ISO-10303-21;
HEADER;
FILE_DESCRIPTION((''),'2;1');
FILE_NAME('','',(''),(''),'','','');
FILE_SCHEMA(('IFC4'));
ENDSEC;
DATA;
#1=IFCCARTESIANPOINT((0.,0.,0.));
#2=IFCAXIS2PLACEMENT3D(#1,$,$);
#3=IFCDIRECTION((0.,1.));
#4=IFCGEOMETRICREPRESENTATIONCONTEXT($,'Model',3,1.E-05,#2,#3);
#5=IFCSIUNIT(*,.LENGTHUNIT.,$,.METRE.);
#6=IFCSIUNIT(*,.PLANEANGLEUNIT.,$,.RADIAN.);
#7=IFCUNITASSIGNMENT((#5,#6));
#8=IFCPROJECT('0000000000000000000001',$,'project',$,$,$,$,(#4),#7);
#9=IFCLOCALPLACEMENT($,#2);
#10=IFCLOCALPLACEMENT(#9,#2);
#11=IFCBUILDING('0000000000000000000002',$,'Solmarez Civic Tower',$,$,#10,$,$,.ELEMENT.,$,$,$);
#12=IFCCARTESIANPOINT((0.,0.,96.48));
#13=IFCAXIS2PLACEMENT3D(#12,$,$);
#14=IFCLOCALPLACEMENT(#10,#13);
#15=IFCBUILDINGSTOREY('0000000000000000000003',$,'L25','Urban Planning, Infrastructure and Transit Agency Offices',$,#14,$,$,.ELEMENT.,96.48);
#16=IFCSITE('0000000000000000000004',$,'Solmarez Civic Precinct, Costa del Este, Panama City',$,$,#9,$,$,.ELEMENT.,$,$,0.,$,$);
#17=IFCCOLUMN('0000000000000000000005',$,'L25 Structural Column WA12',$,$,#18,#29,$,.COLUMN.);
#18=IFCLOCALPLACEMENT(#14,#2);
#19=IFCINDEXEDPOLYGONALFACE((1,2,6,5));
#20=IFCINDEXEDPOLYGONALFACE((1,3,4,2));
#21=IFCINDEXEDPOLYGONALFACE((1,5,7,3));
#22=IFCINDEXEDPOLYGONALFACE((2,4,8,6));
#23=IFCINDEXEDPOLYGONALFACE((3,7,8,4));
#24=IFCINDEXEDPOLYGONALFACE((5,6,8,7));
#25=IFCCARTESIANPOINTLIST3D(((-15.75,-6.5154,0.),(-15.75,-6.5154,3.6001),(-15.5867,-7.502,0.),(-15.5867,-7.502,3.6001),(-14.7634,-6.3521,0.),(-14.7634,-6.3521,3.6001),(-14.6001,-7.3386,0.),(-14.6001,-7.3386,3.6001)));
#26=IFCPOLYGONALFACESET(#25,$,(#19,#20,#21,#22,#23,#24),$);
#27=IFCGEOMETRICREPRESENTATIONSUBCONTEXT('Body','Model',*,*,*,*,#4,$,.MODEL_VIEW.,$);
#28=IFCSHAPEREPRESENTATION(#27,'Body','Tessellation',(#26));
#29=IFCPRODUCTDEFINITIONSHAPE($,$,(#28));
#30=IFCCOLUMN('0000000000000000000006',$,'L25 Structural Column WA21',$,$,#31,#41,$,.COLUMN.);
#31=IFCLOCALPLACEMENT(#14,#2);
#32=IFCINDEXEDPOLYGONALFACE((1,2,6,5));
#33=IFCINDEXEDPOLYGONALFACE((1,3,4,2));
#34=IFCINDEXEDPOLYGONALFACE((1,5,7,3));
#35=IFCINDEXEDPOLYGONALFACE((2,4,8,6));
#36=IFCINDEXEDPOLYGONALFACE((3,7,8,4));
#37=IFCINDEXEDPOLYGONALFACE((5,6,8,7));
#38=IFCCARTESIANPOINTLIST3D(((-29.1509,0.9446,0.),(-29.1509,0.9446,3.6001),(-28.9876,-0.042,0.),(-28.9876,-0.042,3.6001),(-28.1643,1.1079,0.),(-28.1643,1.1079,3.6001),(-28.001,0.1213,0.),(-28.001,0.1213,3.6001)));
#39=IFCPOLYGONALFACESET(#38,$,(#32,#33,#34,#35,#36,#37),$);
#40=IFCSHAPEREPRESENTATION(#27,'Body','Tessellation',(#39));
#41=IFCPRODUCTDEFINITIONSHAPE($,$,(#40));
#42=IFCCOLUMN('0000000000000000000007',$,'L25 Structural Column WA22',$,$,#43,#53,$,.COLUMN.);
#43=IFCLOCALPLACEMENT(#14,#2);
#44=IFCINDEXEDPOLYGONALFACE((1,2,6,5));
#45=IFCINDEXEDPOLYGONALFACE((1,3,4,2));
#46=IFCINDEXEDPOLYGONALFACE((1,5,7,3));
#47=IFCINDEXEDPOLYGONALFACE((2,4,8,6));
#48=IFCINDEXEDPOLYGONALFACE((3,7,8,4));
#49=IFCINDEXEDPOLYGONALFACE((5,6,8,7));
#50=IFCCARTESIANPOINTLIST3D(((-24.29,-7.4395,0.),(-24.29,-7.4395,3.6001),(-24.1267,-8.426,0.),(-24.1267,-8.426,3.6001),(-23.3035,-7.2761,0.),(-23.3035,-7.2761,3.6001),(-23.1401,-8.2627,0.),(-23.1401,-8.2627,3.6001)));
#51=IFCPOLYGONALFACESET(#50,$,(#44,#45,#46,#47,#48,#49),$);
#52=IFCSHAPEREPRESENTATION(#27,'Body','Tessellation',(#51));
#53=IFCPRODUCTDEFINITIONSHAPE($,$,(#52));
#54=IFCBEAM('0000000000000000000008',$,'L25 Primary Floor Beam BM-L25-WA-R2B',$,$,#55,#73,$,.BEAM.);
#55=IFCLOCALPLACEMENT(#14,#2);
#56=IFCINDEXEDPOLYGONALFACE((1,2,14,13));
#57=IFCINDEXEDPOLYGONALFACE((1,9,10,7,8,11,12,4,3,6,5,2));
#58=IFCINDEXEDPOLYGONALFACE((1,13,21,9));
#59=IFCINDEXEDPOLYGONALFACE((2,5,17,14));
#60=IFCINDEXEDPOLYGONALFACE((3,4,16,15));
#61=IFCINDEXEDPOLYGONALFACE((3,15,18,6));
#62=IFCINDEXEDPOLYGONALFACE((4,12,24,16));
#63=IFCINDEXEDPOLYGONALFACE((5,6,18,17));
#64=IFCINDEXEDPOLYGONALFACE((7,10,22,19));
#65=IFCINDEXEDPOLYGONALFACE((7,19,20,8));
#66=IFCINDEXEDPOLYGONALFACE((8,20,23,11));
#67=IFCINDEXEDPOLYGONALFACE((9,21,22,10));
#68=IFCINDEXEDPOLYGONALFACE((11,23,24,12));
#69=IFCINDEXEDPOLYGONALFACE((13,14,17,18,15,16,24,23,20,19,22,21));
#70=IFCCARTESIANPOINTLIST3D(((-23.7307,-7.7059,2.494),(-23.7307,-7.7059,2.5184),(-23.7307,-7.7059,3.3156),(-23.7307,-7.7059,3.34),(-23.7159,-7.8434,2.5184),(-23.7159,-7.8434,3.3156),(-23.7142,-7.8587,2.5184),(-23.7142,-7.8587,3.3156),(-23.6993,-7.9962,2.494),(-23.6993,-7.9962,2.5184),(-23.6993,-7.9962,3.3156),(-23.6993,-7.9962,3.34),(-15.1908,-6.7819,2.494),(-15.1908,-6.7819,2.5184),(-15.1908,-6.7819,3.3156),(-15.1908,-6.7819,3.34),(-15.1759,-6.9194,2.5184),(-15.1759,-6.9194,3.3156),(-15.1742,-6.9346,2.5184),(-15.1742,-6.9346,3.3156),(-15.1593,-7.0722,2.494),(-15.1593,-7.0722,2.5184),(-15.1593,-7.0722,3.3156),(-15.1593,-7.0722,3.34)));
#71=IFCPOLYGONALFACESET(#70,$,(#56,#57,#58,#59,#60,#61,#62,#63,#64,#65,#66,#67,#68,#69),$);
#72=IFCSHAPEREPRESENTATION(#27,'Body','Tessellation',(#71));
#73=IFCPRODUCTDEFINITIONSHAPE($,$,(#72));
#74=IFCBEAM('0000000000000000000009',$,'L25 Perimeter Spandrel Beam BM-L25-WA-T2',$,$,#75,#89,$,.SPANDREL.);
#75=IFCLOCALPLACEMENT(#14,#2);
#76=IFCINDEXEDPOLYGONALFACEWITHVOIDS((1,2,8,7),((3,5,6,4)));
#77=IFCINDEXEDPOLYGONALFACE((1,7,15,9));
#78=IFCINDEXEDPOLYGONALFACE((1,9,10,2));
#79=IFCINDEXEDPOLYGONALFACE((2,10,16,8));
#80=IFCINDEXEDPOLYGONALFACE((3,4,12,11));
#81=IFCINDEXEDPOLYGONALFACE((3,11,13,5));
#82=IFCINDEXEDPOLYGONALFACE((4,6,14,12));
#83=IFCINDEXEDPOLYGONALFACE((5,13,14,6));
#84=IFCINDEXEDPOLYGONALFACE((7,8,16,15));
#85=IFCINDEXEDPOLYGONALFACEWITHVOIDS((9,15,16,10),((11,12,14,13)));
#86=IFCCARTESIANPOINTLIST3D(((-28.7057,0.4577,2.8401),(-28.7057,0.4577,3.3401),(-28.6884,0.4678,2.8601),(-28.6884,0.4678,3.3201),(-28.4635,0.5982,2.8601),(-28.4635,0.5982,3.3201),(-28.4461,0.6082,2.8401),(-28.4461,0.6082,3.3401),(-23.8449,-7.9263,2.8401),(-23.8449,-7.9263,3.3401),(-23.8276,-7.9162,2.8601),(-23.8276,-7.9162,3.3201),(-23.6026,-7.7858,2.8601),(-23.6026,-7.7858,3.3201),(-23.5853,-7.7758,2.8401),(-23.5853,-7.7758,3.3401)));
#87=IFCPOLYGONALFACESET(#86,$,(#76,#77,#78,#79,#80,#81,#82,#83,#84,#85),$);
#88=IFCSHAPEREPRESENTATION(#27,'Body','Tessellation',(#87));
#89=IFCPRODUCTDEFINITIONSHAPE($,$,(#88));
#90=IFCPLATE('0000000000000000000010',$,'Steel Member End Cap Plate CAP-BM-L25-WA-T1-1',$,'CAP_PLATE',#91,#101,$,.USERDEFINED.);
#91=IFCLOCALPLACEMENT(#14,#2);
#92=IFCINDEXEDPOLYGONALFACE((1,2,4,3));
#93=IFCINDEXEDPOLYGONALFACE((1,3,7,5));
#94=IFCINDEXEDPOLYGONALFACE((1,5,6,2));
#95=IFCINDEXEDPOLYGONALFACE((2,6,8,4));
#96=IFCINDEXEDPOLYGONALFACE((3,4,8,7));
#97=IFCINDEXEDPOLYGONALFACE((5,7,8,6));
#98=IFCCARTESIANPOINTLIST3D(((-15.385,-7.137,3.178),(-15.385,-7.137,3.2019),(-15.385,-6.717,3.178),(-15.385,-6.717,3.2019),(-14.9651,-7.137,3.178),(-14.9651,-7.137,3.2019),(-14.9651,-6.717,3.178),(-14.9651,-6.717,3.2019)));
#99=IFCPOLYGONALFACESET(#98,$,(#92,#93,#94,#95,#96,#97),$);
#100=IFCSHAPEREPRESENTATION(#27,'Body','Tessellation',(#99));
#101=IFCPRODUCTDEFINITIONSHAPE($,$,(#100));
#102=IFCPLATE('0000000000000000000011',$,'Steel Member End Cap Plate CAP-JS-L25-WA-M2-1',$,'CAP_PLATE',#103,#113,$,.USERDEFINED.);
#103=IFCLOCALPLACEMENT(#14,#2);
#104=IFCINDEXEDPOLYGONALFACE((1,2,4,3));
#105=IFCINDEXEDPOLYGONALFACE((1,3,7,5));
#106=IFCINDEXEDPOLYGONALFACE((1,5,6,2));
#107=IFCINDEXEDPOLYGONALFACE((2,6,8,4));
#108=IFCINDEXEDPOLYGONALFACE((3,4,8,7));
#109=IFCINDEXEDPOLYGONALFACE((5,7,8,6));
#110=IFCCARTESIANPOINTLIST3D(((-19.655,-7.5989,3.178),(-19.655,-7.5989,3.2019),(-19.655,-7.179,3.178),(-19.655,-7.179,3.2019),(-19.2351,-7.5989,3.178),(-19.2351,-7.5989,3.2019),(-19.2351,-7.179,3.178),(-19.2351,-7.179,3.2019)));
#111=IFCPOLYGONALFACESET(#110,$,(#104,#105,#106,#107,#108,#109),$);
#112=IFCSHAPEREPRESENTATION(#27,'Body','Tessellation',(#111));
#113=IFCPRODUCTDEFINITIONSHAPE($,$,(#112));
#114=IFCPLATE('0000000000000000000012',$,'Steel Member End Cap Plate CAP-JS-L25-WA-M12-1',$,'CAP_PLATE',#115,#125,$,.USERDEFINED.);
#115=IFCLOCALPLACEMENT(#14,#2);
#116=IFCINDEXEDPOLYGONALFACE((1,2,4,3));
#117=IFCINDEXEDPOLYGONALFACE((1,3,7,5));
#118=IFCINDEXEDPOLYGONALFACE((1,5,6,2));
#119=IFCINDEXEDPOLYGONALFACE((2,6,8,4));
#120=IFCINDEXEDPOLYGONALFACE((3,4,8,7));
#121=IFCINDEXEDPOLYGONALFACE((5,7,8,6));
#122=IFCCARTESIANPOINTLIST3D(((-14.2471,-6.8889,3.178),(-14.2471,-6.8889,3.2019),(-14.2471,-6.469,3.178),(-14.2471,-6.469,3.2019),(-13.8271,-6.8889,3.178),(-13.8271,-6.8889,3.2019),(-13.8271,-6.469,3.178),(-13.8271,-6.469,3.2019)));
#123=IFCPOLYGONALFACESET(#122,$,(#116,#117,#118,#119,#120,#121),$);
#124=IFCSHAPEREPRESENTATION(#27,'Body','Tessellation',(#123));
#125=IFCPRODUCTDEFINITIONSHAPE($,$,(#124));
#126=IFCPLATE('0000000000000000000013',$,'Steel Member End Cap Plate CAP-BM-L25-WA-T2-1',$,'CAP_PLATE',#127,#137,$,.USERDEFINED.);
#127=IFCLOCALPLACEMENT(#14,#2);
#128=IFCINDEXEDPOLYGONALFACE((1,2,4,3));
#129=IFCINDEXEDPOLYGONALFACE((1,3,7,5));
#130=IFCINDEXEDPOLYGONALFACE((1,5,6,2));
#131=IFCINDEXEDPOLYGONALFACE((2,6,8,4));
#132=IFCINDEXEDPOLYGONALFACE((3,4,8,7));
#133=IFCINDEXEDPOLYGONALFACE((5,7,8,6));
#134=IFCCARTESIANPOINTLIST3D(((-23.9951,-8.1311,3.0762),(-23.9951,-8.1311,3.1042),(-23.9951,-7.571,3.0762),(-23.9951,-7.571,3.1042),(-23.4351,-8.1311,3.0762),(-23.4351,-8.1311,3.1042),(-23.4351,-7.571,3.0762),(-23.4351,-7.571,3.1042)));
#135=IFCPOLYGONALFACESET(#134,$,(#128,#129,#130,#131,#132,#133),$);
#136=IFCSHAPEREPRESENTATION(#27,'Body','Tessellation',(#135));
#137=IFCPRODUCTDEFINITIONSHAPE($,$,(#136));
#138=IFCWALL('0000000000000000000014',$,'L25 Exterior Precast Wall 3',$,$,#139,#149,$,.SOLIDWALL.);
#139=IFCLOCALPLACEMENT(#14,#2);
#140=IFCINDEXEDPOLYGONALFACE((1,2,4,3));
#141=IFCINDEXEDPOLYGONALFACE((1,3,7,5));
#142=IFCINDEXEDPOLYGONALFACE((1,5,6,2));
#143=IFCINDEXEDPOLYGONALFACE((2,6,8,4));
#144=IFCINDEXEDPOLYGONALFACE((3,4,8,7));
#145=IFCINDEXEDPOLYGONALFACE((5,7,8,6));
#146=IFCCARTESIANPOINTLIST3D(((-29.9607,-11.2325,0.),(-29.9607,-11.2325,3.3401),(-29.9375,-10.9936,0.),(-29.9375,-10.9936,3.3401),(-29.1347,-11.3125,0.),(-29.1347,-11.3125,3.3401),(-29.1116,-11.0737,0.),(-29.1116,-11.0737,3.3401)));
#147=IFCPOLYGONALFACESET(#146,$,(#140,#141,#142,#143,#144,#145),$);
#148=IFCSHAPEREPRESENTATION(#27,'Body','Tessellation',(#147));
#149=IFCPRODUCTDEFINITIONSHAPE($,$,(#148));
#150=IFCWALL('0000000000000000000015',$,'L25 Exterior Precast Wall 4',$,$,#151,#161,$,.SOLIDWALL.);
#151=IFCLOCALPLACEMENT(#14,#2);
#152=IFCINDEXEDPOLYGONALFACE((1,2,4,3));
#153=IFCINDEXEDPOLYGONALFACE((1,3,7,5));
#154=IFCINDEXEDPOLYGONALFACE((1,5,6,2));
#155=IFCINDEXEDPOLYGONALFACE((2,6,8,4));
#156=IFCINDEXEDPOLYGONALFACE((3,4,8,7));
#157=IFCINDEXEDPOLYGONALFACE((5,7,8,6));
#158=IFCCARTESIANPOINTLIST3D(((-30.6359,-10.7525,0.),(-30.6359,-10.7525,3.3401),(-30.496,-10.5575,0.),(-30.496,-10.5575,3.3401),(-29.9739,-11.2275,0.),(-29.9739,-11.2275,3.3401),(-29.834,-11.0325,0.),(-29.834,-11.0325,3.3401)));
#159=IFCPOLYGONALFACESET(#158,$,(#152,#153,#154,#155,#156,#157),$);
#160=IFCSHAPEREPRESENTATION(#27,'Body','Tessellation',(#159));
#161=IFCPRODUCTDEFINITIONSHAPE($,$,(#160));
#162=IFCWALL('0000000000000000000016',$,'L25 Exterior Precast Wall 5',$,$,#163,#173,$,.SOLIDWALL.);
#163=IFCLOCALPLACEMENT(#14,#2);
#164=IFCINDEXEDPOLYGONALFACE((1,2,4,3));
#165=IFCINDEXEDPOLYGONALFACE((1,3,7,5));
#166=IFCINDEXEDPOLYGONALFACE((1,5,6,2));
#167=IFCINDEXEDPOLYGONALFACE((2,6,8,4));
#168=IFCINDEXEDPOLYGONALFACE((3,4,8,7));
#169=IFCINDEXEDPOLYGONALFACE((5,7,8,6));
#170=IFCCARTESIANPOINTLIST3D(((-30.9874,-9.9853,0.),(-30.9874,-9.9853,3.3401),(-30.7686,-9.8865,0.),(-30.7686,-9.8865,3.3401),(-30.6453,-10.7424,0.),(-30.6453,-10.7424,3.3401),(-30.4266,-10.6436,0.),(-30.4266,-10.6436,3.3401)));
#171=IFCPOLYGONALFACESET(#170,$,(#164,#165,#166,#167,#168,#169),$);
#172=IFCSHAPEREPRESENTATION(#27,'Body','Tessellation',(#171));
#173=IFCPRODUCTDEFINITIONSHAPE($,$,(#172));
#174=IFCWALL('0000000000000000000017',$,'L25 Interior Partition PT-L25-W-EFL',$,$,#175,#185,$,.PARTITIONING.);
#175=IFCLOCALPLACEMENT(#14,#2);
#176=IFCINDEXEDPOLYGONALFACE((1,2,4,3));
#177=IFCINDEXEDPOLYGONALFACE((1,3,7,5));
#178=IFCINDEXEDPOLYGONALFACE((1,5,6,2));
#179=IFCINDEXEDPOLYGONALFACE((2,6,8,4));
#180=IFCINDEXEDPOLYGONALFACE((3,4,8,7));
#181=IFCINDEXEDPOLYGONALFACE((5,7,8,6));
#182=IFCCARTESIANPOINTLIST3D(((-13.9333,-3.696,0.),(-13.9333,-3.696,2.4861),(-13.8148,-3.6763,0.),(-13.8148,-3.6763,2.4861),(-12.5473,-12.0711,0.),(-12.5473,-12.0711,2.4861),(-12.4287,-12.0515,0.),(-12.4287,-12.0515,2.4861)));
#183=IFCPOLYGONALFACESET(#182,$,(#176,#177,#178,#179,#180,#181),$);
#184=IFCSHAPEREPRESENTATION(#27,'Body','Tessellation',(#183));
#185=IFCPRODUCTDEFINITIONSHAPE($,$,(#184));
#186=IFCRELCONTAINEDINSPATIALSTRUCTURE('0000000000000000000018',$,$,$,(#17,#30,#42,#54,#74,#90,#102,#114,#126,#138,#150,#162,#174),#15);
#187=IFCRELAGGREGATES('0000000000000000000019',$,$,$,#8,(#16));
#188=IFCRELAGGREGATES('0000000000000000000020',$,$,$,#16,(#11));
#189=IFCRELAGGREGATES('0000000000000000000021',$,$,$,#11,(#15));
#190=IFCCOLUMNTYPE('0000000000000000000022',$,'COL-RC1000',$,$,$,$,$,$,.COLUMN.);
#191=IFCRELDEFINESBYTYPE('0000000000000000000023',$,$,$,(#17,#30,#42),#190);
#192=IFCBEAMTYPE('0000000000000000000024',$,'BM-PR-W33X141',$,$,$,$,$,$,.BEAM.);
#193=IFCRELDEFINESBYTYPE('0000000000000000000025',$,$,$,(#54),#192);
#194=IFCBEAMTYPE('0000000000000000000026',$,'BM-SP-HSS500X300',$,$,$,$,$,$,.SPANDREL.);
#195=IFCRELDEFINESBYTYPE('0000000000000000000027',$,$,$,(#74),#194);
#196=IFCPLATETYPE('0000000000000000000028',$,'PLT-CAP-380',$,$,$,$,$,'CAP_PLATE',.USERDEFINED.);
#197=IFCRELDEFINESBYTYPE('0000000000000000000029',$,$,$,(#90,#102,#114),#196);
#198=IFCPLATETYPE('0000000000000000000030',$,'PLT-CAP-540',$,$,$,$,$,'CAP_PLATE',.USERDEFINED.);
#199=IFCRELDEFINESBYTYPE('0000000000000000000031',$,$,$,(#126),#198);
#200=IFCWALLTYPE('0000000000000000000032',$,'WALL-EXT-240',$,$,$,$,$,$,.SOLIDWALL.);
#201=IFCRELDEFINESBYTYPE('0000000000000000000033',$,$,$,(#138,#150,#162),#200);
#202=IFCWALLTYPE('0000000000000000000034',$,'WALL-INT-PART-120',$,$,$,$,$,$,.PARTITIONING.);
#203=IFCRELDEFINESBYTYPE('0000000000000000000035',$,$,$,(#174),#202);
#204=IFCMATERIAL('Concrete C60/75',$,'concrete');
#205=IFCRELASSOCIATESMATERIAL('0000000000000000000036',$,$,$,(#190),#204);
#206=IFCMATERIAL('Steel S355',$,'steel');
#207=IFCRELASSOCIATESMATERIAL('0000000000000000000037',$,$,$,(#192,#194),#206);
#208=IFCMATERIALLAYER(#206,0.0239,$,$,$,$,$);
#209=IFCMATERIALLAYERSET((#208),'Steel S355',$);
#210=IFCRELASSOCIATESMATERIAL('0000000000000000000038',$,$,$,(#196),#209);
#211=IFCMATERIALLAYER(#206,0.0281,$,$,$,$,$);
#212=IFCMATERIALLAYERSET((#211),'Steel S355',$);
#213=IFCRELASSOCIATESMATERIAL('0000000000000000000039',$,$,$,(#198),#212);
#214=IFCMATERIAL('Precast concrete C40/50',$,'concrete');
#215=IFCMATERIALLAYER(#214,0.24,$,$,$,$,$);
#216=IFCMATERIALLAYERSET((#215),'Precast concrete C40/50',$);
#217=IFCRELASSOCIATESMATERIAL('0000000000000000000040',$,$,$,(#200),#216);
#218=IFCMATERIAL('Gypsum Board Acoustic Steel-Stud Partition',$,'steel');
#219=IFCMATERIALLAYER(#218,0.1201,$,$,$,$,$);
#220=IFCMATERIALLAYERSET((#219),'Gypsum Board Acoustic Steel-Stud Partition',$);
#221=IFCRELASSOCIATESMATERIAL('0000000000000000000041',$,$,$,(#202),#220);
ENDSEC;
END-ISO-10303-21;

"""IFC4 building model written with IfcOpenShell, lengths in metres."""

from ifc_helpers import new_model, si_unit, direction, frame, frame_2d, origin, origin_2d, place, context, subcontext, project, spatial, rectangle, hollow_rectangle, i_section, extrude, material, layer, layer_set, material_profile, profile_set, type_object, element, save


model = new_model("IFC4")

# Units and contexts
model_context = context("Model", 3, precision=1e-05, world=origin(), true_north=direction((0.0, 1.0)))
body_context = subcontext(model_context, "Body", "Model", "MODEL_VIEW")
ifc_project = project(units=[si_unit("LENGTHUNIT", "METRE"), si_unit("PLANEANGLEUNIT", "RADIAN")], contexts=[model_context])

# Site, building, storey
site_placement = place(None, origin())
site = spatial("IfcSite", under=ifc_project, at=site_placement, Name="Solmarez Civic Precinct, Costa del Este, Panama City", CompositionType="ELEMENT", RefElevation=0.0)
building_placement = place(site_placement, origin())
building = spatial("IfcBuilding", under=site, at=building_placement, Name="Solmarez Civic Tower", CompositionType="ELEMENT")
storey_placement = place(building_placement, frame((0.0, 0.0, 96.48)))
storey = spatial("IfcBuildingStorey", under=building, at=storey_placement, Name="L25", Description="Urban Planning, Infrastructure and Transit Agency Offices", CompositionType="ELEMENT", Elevation=96.48)

# Columns
ifc_material_1 = material(Name="Concrete C60/75", Category="concrete")
ifc_material_profile_1 = material_profile(ifc_material_1, rectangle(XDim=1.0, YDim=1.0, at=origin_2d()), Name="RC1000X1000")
ifc_profile_set_1 = profile_set([ifc_material_profile_1], Name="Concrete C60/75")
column_type = type_object("IfcColumnType", Name="COL-RC1000", PredefinedType="COLUMN", material=ifc_profile_set_1)
for number, where, z_axis, x_axis, name in (
    (1, (-15.175, -6.927, 0.0), (0.0, 0.0, 1.0), (0.986572, 0.163326, 0.0), "L25 Structural Column WA12"),
    (2, (-28.5759, 0.533, 0.0), (0.0, 0.0, 1.0), (0.986572, 0.163326, 0.0), "L25 Structural Column WA21"),
    (3, (-23.7151, -7.8511, 0.0), (0.0, 0.0, 1.0), (0.986572, 0.163326, 0.0), "L25 Structural Column WA22"),
):
    element("IfcColumn", number, at=place(storey_placement, frame(where, z_axis=z_axis, x_axis=x_axis)), inside=storey, type_object=column_type, Name=name, PredefinedType="COLUMN", context=body_context, shape_type="SweptSolid", body=[
        extrude(rectangle(XDim=1.0, YDim=1.0, at=origin_2d()), origin(), (0.0, 0.0, 1.0), 3.6001),
    ])

# Beams
ifc_material_2 = material(Name="Steel S355", Category="steel")
ifc_material_profile_2 = material_profile(ifc_material_2, i_section(OverallWidth=0.292, OverallDepth=0.8459, WebThickness=0.0154, FlangeThickness=0.0244, at=origin_2d()), Name="W33X141")
ifc_profile_set_2 = profile_set([ifc_material_profile_2], Name="Steel S355")
beam_type_1 = type_object("IfcBeamType", Name="BM-PR-W33X141", PredefinedType="BEAM", material=ifc_profile_set_2)
beam_1_placement = place(storey_placement, frame((-15.175, -6.927, 2.917), z_axis=(-0.994197, -0.107577, 0.0), x_axis=(0.107577, -0.994197, 0.0)))
element("IfcBeam", 4, at=beam_1_placement, inside=storey, type_object=beam_type_1, Name="L25 Primary Floor Beam BM-L25-WA-R2B", PredefinedType="BEAM", context=body_context, shape_type="SweptSolid", body=[
    extrude(i_section(OverallWidth=0.292, OverallDepth=0.8459, WebThickness=0.0154, FlangeThickness=0.0244, at=origin_2d()), origin(), (0.0, 0.0, 1.0), 8.5898),
])
ifc_material_profile_3 = material_profile(ifc_material_2, hollow_rectangle(XDim=0.3, YDim=0.5, WallThickness=0.02, at=origin_2d()), Name="HSS500X300X20")
ifc_profile_set_3 = profile_set([ifc_material_profile_3], Name="Steel S355")
beam_type_2 = type_object("IfcBeamType", Name="BM-SP-HSS500X300", PredefinedType="SPANDREL", material=ifc_profile_set_3)
beam_2_placement = place(storey_placement, frame((-28.5759, 0.533, 3.0901), z_axis=(0.501571, -0.865116, 0.0), x_axis=(0.865116, 0.501571, 0.0)))
element("IfcBeam", 5, at=beam_2_placement, inside=storey, type_object=beam_type_2, Name="L25 Perimeter Spandrel Beam BM-L25-WA-T2", PredefinedType="SPANDREL", context=body_context, shape_type="SweptSolid", body=[
    extrude(hollow_rectangle(XDim=0.3, YDim=0.5, WallThickness=0.02, at=origin_2d()), origin(), (0.0, 0.0, 1.0), 9.6912),
])

# Plates
ifc_layer_1 = layer(ifc_material_2, 0.0239)
ifc_layer_set_1 = layer_set([ifc_layer_1], Name="Steel S355")
plate_type_1 = type_object("IfcPlateType", Name="PLT-CAP-380", ElementType="CAP_PLATE", PredefinedType="USERDEFINED", material=ifc_layer_set_1)
for number, where, z_axis, x_axis, name in (
    (6, (-15.175, -6.927, 3.178), (0.0, 0.0, 1.0), (1.0, 0.0, 0.0), "Steel Member End Cap Plate CAP-BM-L25-WA-T1-1"),
    (7, (-19.4451, -7.3889, 3.178), (0.0, 0.0, 1.0), (1.0, 0.0, 0.0), "Steel Member End Cap Plate CAP-JS-L25-WA-M2-1"),
    (8, (-14.0371, -6.679, 3.178), (0.0, 0.0, 1.0), (1.0, 0.0, 0.0), "Steel Member End Cap Plate CAP-JS-L25-WA-M12-1"),
):
    element("IfcPlate", number, at=place(storey_placement, frame(where, z_axis=z_axis, x_axis=x_axis)), inside=storey, type_object=plate_type_1, Name=name, ObjectType="CAP_PLATE", PredefinedType="USERDEFINED", context=body_context, shape_type="SweptSolid", body=[
        extrude(rectangle(XDim=0.4199, YDim=0.4199, at=origin_2d()), origin(), (0.0, 0.0, 1.0), 0.0239),
    ])
ifc_layer_2 = layer(ifc_material_2, 0.0281)
ifc_layer_set_2 = layer_set([ifc_layer_2], Name="Steel S355")
plate_type_2 = type_object("IfcPlateType", Name="PLT-CAP-540", ElementType="CAP_PLATE", PredefinedType="USERDEFINED", material=ifc_layer_set_2)
plate_placement = place(storey_placement, frame((-23.7151, -7.8511, 3.0762), z_axis=(0.0, 0.0, 1.0), x_axis=(1.0, 0.0, 0.0)))
element("IfcPlate", 9, at=plate_placement, inside=storey, type_object=plate_type_2, Name="Steel Member End Cap Plate CAP-BM-L25-WA-T2-1", ObjectType="CAP_PLATE", PredefinedType="USERDEFINED", context=body_context, shape_type="SweptSolid", body=[
    extrude(rectangle(XDim=0.5601, YDim=0.5601, at=origin_2d()), origin(), (0.0, 0.0, 1.0), 0.0281),
])

# Walls
ifc_material_3 = material(Name="Precast concrete C40/50", Category="concrete")
ifc_layer_3 = layer(ifc_material_3, 0.24)
ifc_layer_set_3 = layer_set([ifc_layer_3], Name="Precast concrete C40/50")
wall_type_1 = type_object("IfcWallType", Name="WALL-EXT-240", PredefinedType="SOLIDWALL", material=ifc_layer_set_3)
wall_1_placement = place(storey_placement, frame((-29.123, -11.1931, 0.0), z_axis=(0.0, 0.0, 1.0), x_axis=(-0.995333, 0.096503, 0.0)))
element("IfcWall", 10, at=wall_1_placement, inside=storey, type_object=wall_type_1, Name="L25 Exterior Precast Wall 3", PredefinedType="SOLIDWALL", context=body_context, shape_type="SweptSolid", body=[
    extrude(rectangle(XDim=0.8298, YDim=0.24, at=frame_2d((0.415, 0.0))), origin(), (0.0, 0.0, 1.0), 3.3401),
])
wall_2_placement = place(storey_placement, frame((-29.9041, -11.1299, 0.0), z_axis=(0.0, 0.0, 1.0), x_axis=(-0.812517, 0.582938, 0.0)))
element("IfcWall", 11, at=wall_2_placement, inside=storey, type_object=wall_type_1, Name="L25 Exterior Precast Wall 4", PredefinedType="SOLIDWALL", context=body_context, shape_type="SweptSolid", body=[
    extrude(rectangle(XDim=0.8147, YDim=0.24, at=frame_2d((0.4072, 0.0))), origin(), (0.0, 0.0, 1.0), 3.3401),
])
wall_3_placement = place(storey_placement, frame((-30.5359, -10.6931, 0.0), z_axis=(0.0, 0.0, 1.0), x_axis=(-0.411721, 0.91131, 0.0)))
element("IfcWall", 12, at=wall_3_placement, inside=storey, type_object=wall_type_1, Name="L25 Exterior Precast Wall 5", PredefinedType="SOLIDWALL", context=body_context, shape_type="SweptSolid", body=[
    extrude(rectangle(XDim=0.8308, YDim=0.24, at=frame_2d((0.4155, 0.0))), origin(), (0.0, 0.0, 1.0), 3.3401),
])
ifc_material_4 = material(Name="Gypsum Board Acoustic Steel-Stud Partition", Category="steel")
ifc_layer_4 = layer(ifc_material_4, 0.1201)
ifc_layer_set_4 = layer_set([ifc_layer_4], Name="Gypsum Board Acoustic Steel-Stud Partition")
wall_type_2 = type_object("IfcWallType", Name="WALL-INT-PART-120", PredefinedType="PARTITIONING", material=ifc_layer_set_4)
wall_4_placement = place(storey_placement, frame((-13.874, -3.686, 0.0), z_axis=(0.0, 0.0, 1.0), x_axis=(0.16327, -0.986581, 0.0)))
element("IfcWall", 13, at=wall_4_placement, inside=storey, type_object=wall_type_2, Name="L25 Interior Partition PT-L25-W-EFL", PredefinedType="PARTITIONING", context=body_context, shape_type="SweptSolid", body=[
    extrude(rectangle(XDim=8.489, YDim=0.1201, at=frame_2d((4.2446, 0.0))), origin(), (0.0, 0.0, 1.0), 2.4861),
])

save(model, "model.ifc")
